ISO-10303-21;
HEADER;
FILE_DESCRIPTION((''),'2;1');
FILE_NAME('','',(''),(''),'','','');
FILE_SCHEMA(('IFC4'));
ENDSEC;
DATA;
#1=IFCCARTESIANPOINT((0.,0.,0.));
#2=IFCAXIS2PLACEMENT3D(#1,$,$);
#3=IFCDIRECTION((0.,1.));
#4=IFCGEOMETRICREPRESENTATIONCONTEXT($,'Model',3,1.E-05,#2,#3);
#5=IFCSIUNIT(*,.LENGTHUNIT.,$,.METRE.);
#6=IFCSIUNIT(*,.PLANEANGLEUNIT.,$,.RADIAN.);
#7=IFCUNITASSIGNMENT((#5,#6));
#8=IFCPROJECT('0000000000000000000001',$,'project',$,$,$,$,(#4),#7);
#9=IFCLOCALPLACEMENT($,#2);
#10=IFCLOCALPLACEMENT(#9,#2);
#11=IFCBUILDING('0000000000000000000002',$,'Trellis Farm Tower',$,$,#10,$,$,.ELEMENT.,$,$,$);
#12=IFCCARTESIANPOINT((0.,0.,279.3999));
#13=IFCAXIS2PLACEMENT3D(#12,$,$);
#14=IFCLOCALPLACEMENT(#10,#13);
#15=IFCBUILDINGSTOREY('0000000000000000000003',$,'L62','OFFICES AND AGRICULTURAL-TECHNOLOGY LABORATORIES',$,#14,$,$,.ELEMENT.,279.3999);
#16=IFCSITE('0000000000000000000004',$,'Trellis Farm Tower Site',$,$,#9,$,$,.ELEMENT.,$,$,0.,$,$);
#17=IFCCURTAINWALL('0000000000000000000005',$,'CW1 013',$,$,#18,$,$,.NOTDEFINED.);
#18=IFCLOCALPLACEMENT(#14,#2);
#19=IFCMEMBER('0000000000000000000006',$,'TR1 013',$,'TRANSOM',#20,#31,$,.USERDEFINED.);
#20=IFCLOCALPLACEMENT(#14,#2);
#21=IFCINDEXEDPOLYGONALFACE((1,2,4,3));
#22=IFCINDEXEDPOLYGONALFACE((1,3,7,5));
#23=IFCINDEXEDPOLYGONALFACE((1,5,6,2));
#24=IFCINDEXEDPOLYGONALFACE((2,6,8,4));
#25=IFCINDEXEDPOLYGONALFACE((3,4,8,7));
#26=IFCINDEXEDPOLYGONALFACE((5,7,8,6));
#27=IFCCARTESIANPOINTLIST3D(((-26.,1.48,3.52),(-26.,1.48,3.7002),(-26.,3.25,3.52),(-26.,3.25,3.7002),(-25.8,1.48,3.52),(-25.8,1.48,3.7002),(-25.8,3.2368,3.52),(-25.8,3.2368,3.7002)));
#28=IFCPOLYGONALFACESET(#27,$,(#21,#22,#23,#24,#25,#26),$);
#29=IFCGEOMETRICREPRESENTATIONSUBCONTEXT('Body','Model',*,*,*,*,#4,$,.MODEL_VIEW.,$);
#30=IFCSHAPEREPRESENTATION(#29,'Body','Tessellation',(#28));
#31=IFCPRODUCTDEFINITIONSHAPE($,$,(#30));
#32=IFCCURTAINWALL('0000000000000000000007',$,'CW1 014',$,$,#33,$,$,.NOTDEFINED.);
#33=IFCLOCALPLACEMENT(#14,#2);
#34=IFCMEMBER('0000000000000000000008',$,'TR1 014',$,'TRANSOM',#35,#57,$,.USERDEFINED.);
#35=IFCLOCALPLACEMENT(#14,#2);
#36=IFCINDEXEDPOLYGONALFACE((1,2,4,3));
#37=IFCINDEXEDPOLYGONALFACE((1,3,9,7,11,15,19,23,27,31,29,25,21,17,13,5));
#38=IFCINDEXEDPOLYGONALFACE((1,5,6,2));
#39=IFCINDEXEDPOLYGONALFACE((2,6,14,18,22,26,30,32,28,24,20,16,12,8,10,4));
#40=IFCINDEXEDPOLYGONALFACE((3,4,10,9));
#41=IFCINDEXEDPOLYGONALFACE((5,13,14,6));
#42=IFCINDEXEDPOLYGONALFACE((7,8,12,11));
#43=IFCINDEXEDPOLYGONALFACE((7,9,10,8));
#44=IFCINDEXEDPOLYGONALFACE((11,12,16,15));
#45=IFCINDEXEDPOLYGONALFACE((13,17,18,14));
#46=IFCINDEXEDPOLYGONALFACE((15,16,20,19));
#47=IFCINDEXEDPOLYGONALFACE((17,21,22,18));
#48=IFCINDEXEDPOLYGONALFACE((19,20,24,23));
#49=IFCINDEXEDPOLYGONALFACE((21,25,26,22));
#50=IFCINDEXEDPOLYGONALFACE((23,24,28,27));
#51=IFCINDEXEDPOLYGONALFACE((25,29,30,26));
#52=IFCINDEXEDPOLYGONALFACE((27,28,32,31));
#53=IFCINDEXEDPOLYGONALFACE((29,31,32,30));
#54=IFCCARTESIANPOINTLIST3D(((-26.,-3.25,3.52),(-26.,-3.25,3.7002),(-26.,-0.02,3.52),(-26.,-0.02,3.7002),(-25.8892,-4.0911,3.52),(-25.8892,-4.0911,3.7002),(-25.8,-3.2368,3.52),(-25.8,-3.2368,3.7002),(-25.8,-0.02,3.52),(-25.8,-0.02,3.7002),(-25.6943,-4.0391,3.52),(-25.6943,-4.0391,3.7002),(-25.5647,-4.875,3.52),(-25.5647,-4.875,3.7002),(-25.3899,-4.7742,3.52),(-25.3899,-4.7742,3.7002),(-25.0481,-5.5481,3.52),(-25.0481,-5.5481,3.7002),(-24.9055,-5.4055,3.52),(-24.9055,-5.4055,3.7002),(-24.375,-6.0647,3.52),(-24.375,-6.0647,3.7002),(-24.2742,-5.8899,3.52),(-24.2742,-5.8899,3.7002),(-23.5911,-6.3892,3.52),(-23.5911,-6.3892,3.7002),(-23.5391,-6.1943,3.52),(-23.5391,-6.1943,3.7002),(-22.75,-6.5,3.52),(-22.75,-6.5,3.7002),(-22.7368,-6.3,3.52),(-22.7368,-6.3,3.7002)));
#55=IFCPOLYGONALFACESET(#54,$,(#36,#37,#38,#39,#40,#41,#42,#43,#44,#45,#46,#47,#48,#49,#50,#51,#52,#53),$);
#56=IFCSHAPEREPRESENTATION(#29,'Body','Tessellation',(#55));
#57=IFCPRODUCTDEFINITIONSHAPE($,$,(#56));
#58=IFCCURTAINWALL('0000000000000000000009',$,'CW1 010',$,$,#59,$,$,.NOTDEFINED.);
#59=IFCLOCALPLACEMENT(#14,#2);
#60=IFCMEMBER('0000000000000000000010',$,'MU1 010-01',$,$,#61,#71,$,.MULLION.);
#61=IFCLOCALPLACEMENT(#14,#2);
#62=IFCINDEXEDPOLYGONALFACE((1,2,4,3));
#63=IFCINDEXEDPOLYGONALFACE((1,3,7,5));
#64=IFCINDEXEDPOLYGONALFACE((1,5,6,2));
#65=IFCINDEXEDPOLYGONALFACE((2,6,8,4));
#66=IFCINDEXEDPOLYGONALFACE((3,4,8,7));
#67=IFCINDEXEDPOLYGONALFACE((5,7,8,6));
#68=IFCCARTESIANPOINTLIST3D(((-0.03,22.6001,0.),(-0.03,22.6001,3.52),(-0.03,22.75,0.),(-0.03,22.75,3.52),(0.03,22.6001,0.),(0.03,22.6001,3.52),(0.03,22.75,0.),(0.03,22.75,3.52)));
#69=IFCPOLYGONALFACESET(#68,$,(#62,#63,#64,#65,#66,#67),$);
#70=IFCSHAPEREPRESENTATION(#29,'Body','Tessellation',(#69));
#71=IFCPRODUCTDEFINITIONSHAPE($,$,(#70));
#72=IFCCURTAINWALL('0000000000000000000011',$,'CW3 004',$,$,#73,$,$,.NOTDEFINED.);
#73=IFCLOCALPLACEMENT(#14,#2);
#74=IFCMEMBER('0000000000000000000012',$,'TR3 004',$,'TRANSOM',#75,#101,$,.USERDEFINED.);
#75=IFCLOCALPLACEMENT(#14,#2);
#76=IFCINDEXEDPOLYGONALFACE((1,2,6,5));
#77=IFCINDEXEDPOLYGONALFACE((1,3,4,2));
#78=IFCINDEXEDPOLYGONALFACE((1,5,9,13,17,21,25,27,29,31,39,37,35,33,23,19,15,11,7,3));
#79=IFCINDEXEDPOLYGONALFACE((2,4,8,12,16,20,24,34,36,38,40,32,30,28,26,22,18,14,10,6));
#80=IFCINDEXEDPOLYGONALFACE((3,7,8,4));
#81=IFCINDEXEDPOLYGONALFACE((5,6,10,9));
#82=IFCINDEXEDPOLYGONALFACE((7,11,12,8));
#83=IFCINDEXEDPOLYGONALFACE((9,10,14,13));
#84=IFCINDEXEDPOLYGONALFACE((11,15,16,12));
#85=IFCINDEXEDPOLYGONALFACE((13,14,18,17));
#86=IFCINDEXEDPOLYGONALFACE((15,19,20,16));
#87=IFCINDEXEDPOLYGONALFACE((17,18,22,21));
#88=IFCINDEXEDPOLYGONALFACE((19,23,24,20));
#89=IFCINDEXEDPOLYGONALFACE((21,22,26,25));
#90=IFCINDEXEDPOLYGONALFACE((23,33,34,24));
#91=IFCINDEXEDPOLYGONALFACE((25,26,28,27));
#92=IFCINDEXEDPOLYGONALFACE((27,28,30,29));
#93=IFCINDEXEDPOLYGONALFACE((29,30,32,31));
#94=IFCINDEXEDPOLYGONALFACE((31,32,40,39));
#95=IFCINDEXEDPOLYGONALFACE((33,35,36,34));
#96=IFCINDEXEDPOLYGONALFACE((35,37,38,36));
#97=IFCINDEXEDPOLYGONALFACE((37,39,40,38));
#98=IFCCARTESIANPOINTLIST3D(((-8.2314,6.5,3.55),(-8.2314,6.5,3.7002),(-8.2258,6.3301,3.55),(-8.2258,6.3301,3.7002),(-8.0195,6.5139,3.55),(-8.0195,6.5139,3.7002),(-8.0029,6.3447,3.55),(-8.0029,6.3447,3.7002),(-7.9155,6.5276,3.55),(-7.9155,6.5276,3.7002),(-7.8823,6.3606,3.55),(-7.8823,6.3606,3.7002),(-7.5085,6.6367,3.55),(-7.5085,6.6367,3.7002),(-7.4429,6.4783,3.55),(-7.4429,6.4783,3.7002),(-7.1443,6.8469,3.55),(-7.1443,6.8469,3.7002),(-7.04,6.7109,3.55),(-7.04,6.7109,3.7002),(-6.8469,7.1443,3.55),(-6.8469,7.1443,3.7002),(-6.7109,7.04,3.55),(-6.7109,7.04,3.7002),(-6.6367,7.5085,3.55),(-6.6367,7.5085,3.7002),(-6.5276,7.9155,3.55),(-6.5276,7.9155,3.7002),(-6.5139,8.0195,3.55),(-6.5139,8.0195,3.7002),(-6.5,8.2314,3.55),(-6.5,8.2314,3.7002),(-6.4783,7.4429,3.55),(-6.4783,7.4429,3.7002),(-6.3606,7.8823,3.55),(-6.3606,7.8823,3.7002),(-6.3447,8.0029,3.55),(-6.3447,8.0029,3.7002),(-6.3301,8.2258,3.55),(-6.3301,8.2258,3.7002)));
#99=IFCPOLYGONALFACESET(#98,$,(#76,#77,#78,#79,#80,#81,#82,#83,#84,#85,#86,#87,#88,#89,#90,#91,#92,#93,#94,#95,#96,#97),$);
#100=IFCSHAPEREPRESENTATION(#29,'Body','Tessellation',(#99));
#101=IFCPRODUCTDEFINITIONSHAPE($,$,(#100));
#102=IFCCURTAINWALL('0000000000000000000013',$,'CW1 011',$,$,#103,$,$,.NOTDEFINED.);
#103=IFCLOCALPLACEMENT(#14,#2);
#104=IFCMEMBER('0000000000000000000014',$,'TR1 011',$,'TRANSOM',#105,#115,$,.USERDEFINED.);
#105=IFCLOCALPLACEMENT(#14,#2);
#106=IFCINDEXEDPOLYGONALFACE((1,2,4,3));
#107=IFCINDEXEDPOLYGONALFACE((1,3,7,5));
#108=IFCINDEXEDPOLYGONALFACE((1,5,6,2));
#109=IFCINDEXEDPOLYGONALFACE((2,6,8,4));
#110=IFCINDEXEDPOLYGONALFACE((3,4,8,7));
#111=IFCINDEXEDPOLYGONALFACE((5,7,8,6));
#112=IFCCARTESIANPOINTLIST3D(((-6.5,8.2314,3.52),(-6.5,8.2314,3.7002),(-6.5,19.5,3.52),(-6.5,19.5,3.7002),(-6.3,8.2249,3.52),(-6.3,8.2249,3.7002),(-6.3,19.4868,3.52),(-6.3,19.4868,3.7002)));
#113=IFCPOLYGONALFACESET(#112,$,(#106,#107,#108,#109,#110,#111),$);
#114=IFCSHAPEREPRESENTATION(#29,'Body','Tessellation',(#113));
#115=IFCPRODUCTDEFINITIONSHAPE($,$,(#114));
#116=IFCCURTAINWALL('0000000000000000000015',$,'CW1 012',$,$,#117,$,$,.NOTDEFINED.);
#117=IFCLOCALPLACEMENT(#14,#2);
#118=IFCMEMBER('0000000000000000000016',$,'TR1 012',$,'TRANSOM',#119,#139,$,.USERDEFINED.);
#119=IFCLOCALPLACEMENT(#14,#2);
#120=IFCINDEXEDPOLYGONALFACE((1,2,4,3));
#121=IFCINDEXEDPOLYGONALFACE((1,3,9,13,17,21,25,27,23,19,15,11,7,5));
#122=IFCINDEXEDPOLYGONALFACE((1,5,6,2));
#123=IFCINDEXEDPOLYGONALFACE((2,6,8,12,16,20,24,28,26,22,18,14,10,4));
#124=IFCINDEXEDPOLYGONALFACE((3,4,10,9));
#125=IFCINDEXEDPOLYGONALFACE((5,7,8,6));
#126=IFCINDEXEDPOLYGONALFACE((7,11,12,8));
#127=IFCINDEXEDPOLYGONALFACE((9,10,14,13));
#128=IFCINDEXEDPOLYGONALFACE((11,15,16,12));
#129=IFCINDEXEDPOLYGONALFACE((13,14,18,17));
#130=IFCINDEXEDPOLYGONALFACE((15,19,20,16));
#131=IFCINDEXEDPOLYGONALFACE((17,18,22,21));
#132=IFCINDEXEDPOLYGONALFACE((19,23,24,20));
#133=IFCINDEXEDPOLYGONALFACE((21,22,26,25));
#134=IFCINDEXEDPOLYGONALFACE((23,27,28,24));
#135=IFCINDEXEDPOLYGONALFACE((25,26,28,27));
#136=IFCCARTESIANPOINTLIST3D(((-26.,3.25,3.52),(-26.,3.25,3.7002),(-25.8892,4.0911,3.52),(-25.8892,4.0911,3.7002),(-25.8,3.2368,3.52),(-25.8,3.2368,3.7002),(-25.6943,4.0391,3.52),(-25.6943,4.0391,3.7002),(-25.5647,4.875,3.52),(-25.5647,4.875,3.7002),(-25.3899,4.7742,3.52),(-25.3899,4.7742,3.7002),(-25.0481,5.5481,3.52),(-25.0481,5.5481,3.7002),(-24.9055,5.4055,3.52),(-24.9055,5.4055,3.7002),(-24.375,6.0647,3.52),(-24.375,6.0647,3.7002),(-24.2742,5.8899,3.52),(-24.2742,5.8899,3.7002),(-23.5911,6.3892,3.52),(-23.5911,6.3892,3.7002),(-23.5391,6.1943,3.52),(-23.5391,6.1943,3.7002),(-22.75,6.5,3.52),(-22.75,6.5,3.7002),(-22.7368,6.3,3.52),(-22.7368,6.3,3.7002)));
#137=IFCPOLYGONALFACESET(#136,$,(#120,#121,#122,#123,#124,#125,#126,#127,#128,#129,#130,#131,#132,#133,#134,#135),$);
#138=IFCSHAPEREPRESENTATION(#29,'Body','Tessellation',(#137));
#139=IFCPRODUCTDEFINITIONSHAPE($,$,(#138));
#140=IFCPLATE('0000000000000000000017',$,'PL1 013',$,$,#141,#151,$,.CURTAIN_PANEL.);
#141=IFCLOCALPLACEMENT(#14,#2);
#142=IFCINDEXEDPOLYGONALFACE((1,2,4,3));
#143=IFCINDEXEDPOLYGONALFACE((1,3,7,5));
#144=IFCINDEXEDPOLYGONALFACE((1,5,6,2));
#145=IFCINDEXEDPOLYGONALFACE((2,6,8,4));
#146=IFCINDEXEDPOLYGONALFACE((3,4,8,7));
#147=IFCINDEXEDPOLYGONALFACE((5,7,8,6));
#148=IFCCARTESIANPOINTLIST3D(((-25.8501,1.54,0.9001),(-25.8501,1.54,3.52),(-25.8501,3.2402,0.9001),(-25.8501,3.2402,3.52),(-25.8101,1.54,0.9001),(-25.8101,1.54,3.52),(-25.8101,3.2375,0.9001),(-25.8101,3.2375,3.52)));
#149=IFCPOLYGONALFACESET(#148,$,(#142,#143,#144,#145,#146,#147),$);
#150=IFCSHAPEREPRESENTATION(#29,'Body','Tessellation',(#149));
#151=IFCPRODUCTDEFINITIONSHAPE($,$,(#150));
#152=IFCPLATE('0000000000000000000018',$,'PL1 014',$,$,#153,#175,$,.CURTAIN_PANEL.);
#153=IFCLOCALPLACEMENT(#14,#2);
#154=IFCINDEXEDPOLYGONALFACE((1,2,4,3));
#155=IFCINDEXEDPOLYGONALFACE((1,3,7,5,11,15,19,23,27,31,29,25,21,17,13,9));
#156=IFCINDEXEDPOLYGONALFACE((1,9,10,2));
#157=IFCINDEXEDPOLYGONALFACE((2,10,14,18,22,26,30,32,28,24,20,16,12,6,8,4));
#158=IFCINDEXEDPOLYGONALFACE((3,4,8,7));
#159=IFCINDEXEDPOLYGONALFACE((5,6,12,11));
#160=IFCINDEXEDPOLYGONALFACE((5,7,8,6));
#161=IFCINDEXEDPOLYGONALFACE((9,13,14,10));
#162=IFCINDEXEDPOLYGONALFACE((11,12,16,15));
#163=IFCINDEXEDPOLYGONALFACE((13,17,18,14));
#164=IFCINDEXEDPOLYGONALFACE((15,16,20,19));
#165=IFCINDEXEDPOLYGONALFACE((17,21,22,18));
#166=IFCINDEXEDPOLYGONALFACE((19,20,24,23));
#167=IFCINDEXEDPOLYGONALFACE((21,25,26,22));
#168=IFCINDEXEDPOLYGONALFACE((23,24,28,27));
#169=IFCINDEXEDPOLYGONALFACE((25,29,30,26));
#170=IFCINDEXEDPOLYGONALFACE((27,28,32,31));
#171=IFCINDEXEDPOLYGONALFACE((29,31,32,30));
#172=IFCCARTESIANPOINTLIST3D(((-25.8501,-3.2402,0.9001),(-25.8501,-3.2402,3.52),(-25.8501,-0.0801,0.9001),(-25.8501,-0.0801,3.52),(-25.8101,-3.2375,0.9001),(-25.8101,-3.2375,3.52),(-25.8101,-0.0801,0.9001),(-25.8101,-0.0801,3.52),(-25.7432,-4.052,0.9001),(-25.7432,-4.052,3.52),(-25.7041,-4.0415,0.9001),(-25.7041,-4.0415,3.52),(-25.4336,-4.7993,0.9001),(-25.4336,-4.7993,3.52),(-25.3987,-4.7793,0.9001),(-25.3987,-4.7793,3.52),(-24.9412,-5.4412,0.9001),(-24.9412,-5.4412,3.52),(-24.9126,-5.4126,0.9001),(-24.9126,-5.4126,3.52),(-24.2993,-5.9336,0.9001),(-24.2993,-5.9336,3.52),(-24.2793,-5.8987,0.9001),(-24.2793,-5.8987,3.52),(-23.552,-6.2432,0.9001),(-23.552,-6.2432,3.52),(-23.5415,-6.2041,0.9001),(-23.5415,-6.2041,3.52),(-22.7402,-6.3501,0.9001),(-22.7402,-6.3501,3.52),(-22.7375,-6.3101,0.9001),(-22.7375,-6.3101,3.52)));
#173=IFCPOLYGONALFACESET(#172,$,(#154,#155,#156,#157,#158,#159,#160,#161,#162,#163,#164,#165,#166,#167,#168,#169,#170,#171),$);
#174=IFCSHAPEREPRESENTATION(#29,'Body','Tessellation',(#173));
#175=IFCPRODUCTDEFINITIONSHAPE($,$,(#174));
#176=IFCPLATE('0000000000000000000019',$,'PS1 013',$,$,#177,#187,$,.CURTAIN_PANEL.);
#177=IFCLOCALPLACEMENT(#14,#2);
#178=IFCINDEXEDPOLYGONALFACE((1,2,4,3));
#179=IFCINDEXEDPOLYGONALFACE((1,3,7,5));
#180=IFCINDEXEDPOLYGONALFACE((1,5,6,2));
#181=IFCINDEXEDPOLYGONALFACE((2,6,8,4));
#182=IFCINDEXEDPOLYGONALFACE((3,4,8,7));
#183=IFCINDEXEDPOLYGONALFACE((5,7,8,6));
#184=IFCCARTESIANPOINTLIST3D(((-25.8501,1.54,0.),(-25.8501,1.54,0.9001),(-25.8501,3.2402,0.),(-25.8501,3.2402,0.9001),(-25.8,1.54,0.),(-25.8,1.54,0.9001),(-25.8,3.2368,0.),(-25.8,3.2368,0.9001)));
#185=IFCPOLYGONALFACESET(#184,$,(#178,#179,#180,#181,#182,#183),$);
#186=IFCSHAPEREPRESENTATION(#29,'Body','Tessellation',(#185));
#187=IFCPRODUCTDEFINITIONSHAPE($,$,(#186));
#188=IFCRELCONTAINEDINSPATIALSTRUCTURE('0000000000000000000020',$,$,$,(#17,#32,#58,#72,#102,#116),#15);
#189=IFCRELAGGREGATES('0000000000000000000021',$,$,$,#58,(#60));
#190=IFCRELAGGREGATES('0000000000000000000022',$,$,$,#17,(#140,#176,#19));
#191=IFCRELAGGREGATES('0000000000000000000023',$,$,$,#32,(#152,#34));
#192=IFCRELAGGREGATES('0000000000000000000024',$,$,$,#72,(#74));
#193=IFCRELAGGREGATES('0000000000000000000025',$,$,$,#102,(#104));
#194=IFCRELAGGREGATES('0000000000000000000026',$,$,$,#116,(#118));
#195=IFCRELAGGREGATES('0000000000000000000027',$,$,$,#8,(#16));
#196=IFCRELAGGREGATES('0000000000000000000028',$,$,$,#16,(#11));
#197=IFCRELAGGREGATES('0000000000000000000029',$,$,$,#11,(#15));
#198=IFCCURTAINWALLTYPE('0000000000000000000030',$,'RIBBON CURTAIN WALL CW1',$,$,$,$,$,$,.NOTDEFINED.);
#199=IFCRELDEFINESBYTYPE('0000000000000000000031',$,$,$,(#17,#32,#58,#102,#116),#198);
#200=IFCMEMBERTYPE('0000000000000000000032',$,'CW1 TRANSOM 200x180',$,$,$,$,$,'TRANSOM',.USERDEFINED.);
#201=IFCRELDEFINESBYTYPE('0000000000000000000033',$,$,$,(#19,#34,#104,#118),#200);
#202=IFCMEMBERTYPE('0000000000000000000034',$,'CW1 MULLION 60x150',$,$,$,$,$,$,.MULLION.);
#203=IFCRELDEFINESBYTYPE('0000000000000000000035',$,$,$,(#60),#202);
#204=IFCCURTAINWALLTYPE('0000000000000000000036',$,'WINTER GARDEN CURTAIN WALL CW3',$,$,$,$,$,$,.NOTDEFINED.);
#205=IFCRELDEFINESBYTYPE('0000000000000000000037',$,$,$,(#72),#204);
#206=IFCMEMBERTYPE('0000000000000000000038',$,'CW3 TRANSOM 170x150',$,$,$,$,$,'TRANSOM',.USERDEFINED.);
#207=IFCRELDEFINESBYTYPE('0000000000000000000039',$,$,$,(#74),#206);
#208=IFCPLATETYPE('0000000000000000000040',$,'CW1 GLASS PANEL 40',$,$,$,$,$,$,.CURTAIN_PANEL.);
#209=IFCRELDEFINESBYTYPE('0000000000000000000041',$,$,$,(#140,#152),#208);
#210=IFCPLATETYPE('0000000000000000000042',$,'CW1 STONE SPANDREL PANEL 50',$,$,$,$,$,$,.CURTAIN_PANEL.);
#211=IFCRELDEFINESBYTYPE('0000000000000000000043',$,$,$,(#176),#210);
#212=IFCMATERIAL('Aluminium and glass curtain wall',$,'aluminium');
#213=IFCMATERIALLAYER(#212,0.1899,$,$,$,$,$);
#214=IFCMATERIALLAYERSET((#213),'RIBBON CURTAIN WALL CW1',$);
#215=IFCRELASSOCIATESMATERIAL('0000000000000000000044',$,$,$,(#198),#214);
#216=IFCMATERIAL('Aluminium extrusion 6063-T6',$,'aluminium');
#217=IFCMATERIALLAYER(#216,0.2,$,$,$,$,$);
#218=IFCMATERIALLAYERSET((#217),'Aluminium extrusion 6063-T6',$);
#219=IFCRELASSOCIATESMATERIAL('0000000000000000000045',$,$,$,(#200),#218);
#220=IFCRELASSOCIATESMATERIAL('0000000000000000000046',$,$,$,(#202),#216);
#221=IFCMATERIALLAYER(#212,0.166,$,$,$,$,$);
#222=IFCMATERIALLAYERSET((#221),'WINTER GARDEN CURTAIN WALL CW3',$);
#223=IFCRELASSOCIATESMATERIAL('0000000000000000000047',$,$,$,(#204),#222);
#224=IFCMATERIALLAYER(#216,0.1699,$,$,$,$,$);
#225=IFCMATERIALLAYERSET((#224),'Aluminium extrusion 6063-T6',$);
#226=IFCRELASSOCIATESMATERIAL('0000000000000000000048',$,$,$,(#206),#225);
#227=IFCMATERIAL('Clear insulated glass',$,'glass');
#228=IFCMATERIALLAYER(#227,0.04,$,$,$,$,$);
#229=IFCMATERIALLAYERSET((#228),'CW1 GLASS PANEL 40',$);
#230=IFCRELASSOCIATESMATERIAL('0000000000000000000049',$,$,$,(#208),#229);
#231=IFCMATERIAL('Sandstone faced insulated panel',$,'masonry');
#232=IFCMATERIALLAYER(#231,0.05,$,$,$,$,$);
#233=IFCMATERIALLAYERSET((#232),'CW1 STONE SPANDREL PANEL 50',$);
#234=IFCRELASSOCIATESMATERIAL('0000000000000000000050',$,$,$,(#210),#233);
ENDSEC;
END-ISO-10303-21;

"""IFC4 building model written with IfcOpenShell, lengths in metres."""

from ifc_helpers import new_model, si_unit, direction, frame, origin, origin_2d, place, context, subcontext, project, spatial, polyline, rectangle, outline, extrude, source, transform, mapped, material, layer, layer_set, material_profile, profile_set, type_object, element, aggregate, save


model = new_model("IFC4")

# Units and contexts
model_context = context("Model", 3, precision=1e-05, world=origin(), true_north=direction((0.0, 1.0)))
body_context = subcontext(model_context, "Body", "Model", "MODEL_VIEW")
ifc_project = project(units=[si_unit("LENGTHUNIT", "METRE"), si_unit("PLANEANGLEUNIT", "RADIAN")], contexts=[model_context])

# Site, building, storey
site_placement = place(None, origin())
site = spatial("IfcSite", under=ifc_project, at=site_placement, Name="Trellis Farm Tower Site", CompositionType="ELEMENT", RefElevation=0.0)
building_placement = place(site_placement, origin())
building = spatial("IfcBuilding", under=site, at=building_placement, Name="Trellis Farm Tower", CompositionType="ELEMENT")
storey_placement = place(building_placement, frame((0.0, 0.0, 279.3999)))
storey = spatial("IfcBuildingStorey", under=building, at=storey_placement, Name="L62", Description="OFFICES AND AGRICULTURAL-TECHNOLOGY LABORATORIES", CompositionType="ELEMENT", Elevation=279.3999)

# Curtain walls, members
ifc_material_1 = material(Name="Aluminium and glass curtain wall", Category="aluminium")
ifc_layer_1 = layer(ifc_material_1, 0.1899)
ifc_layer_set_1 = layer_set([ifc_layer_1], Name="RIBBON CURTAIN WALL CW1")
curtain_wall_type_1 = type_object("IfcCurtainWallType", Name="RIBBON CURTAIN WALL CW1", PredefinedType="NOTDEFINED", material=ifc_layer_set_1)
placement_1 = place(storey_placement, origin())
curtain_wall_1 = element("IfcCurtainWall", 1, at=placement_1, inside=storey, type_object=curtain_wall_type_1, Name="CW1 013", PredefinedType="NOTDEFINED")
ifc_material_2 = material(Name="Aluminium extrusion 6063-T6", Category="aluminium")
ifc_layer_2 = layer(ifc_material_2, 0.2)
ifc_layer_set_2 = layer_set([ifc_layer_2], Name="Aluminium extrusion 6063-T6")
member_type_1 = type_object("IfcMemberType", Name="CW1 TRANSOM 200x180", ElementType="TRANSOM", PredefinedType="USERDEFINED", material=ifc_layer_set_2)
placement_2 = place(storey_placement, frame((0.0, 0.0, 3.52)))
member_1 = element("IfcMember", 2, at=placement_2, type_object=member_type_1, Name="TR1 013", ObjectType="TRANSOM", PredefinedType="USERDEFINED", context=body_context, shape_type="SweptSolid", body=[
    extrude(outline(polyline([(-26.0, 3.25), (-26.0, 1.48), (-25.8, 1.48), (-25.8, 3.2368), (-26.0, 3.25)])), origin(), (0.0, 0.0, 1.0), 0.1802),
])
curtain_wall_2 = element("IfcCurtainWall", 3, at=placement_1, inside=storey, type_object=curtain_wall_type_1, Name="CW1 014", PredefinedType="NOTDEFINED")
member_2 = element("IfcMember", 4, at=placement_2, type_object=member_type_1, Name="TR1 014", ObjectType="TRANSOM", PredefinedType="USERDEFINED", context=body_context, shape_type="SweptSolid", body=[
    extrude(outline(polyline([(-26.0, -0.02), (-26.0, -3.25), (-25.8892, -4.0911), (-25.5647, -4.875), (-25.0481, -5.5481), (-24.375, -6.0647), (-23.5911, -6.3892), (-22.75, -6.5), (-22.7368, -6.3), (-23.5391, -6.1943), (-24.2742, -5.8899), (-24.9055, -5.4055), (-25.3899, -4.7742), (-25.6943, -4.0391), (-25.8, -3.2368), (-25.8, -0.02), (-26.0, -0.02)])), origin(), (0.0, 0.0, 1.0), 0.1802),
])
curtain_wall_3 = element("IfcCurtainWall", 5, at=placement_1, inside=storey, type_object=curtain_wall_type_1, Name="CW1 010", PredefinedType="NOTDEFINED")
ifc_material_profile = material_profile(ifc_material_2, rectangle(XDim=0.0601, YDim=0.1499, at=origin_2d()), Name="MULLION 60x150")
ifc_profile_set = profile_set([ifc_material_profile], Name="Aluminium extrusion 6063-T6")
member_type_2 = type_object("IfcMemberType", Name="CW1 MULLION 60x150", PredefinedType="MULLION", material=ifc_profile_set)
shared_shape_1 = source(origin(), body_context, "Body", "SweptSolid", [
    extrude(rectangle(XDim=0.0601, YDim=0.1499, at=origin_2d()), origin(), (0.0, 0.0, 1.0), 3.52),
])
member_3_placement = place(storey_placement, frame((0.0, 22.675, 0.0), z_axis=(0.0, 0.0, 1.0), x_axis=(-1.0, 0.0, 0.0)))
member_3 = element("IfcMember", 6, at=member_3_placement, type_object=member_type_2, Name="MU1 010-01", PredefinedType="MULLION", context=body_context, shape_type="MappedRepresentation", body=[
    mapped(shared_shape_1, transform((0.0, 0.0, 0.0))),
])
aggregate(curtain_wall_3, [member_3])
ifc_layer_3 = layer(ifc_material_1, 0.166)
ifc_layer_set_3 = layer_set([ifc_layer_3], Name="WINTER GARDEN CURTAIN WALL CW3")
curtain_wall_type_2 = type_object("IfcCurtainWallType", Name="WINTER GARDEN CURTAIN WALL CW3", PredefinedType="NOTDEFINED", material=ifc_layer_set_3)
curtain_wall_4 = element("IfcCurtainWall", 7, at=placement_1, inside=storey, type_object=curtain_wall_type_2, Name="CW3 004", PredefinedType="NOTDEFINED")
ifc_layer_4 = layer(ifc_material_2, 0.1699)
ifc_layer_set_4 = layer_set([ifc_layer_4], Name="Aluminium extrusion 6063-T6")
member_type_3 = type_object("IfcMemberType", Name="CW3 TRANSOM 170x150", ElementType="TRANSOM", PredefinedType="USERDEFINED", material=ifc_layer_set_4)
shared_shape_2 = source(origin(), body_context, "Body", "SweptSolid", [
    extrude(outline(polyline([(-6.5, 8.2314), (-6.5139, 8.0195), (-6.5276, 7.9155), (-6.6367, 7.5085), (-6.8469, 7.1443), (-7.1443, 6.8469), (-7.5085, 6.6367), (-7.9155, 6.5276), (-8.0195, 6.5139), (-8.2314, 6.5), (-8.2258, 6.3301), (-8.0029, 6.3447), (-7.8823, 6.3606), (-7.4429, 6.4783), (-7.04, 6.7109), (-6.7109, 7.04), (-6.4783, 7.4429), (-6.3606, 7.8823), (-6.3447, 8.0029), (-6.3301, 8.2258), (-6.5, 8.2314)])), origin(), (0.0, 0.0, 1.0), 0.1501),
])
member_4_placement = place(storey_placement, frame((0.0, 0.0, 3.55)))
member_4 = element("IfcMember", 8, at=member_4_placement, type_object=member_type_3, Name="TR3 004", ObjectType="TRANSOM", PredefinedType="USERDEFINED", context=body_context, shape_type="MappedRepresentation", body=[
    mapped(shared_shape_2, transform((0.0, 0.0, 0.0))),
])
curtain_wall_5 = element("IfcCurtainWall", 9, at=placement_1, inside=storey, type_object=curtain_wall_type_1, Name="CW1 011", PredefinedType="NOTDEFINED")
shared_shape_3 = source(origin(), body_context, "Body", "SweptSolid", [
    extrude(outline(polyline([(-6.5, 19.5), (-6.5, 8.2314), (-6.3, 8.2249), (-6.3, 19.4868), (-6.5, 19.5)])), origin(), (0.0, 0.0, 1.0), 0.1802),
])
member_5 = element("IfcMember", 10, at=placement_2, type_object=member_type_1, Name="TR1 011", ObjectType="TRANSOM", PredefinedType="USERDEFINED", context=body_context, shape_type="MappedRepresentation", body=[
    mapped(shared_shape_3, transform((0.0, 0.0, 0.0))),
])
curtain_wall_6 = element("IfcCurtainWall", 11, at=placement_1, inside=storey, type_object=curtain_wall_type_1, Name="CW1 012", PredefinedType="NOTDEFINED")
shared_shape_4 = source(origin(), body_context, "Body", "SweptSolid", [
    extrude(outline(polyline([(-22.75, 6.5), (-23.5911, 6.3892), (-24.375, 6.0647), (-25.0481, 5.5481), (-25.5647, 4.875), (-25.8892, 4.0911), (-26.0, 3.25), (-25.8, 3.2368), (-25.6943, 4.0391), (-25.3899, 4.7742), (-24.9055, 5.4055), (-24.2742, 5.8899), (-23.5391, 6.1943), (-22.7368, 6.3), (-22.75, 6.5)])), origin(), (0.0, 0.0, 1.0), 0.1802),
])
member_6 = element("IfcMember", 12, at=placement_2, type_object=member_type_1, Name="TR1 012", ObjectType="TRANSOM", PredefinedType="USERDEFINED", context=body_context, shape_type="MappedRepresentation", body=[
    mapped(shared_shape_4, transform((0.0, 0.0, 0.0))),
])

# Plates
ifc_material_3 = material(Name="Clear insulated glass", Category="glass")
ifc_layer_5 = layer(ifc_material_3, 0.04)
ifc_layer_set_5 = layer_set([ifc_layer_5], Name="CW1 GLASS PANEL 40")
plate_type_1 = type_object("IfcPlateType", Name="CW1 GLASS PANEL 40", PredefinedType="CURTAIN_PANEL", material=ifc_layer_set_5)
placement_3 = place(storey_placement, frame((0.0, 0.0, 0.9001)))
plate_1 = element("IfcPlate", 13, at=placement_3, type_object=plate_type_1, Name="PL1 013", PredefinedType="CURTAIN_PANEL", context=body_context, shape_type="SweptSolid", body=[
    extrude(outline(polyline([(-25.8501, 3.2402), (-25.8501, 1.54), (-25.8101, 1.54), (-25.8101, 3.2375), (-25.8501, 3.2402)])), origin(), (0.0, 0.0, 1.0), 2.6199),
])
plate_2 = element("IfcPlate", 14, at=placement_3, type_object=plate_type_1, Name="PL1 014", PredefinedType="CURTAIN_PANEL", context=body_context, shape_type="SweptSolid", body=[
    extrude(outline(polyline([(-25.8501, -0.0801), (-25.8501, -3.2402), (-25.7432, -4.052), (-25.4336, -4.7993), (-24.9412, -5.4412), (-24.2993, -5.9336), (-23.552, -6.2432), (-22.7402, -6.3501), (-22.7375, -6.3101), (-23.5415, -6.2041), (-24.2793, -5.8987), (-24.9126, -5.4126), (-25.3987, -4.7793), (-25.7041, -4.0415), (-25.8101, -3.2375), (-25.8101, -0.0801), (-25.8501, -0.0801)])), origin(), (0.0, 0.0, 1.0), 2.6199),
])
ifc_material_4 = material(Name="Sandstone faced insulated panel", Category="masonry")
ifc_layer_6 = layer(ifc_material_4, 0.05)
ifc_layer_set_6 = layer_set([ifc_layer_6], Name="CW1 STONE SPANDREL PANEL 50")
plate_type_2 = type_object("IfcPlateType", Name="CW1 STONE SPANDREL PANEL 50", PredefinedType="CURTAIN_PANEL", material=ifc_layer_set_6)
plate_3 = element("IfcPlate", 15, at=placement_1, type_object=plate_type_2, Name="PS1 013", PredefinedType="CURTAIN_PANEL", context=body_context, shape_type="SweptSolid", body=[
    extrude(outline(polyline([(-25.8501, 3.2402), (-25.8501, 1.54), (-25.8, 1.54), (-25.8, 3.2368), (-25.8501, 3.2402)])), origin(), (0.0, 0.0, 1.0), 0.9001),
])
aggregate(curtain_wall_1, [plate_1, plate_3, member_1])
aggregate(curtain_wall_2, [plate_2, member_2])
aggregate(curtain_wall_4, [member_4])
aggregate(curtain_wall_5, [member_5])
aggregate(curtain_wall_6, [member_6])

save(model, "model.ifc")
